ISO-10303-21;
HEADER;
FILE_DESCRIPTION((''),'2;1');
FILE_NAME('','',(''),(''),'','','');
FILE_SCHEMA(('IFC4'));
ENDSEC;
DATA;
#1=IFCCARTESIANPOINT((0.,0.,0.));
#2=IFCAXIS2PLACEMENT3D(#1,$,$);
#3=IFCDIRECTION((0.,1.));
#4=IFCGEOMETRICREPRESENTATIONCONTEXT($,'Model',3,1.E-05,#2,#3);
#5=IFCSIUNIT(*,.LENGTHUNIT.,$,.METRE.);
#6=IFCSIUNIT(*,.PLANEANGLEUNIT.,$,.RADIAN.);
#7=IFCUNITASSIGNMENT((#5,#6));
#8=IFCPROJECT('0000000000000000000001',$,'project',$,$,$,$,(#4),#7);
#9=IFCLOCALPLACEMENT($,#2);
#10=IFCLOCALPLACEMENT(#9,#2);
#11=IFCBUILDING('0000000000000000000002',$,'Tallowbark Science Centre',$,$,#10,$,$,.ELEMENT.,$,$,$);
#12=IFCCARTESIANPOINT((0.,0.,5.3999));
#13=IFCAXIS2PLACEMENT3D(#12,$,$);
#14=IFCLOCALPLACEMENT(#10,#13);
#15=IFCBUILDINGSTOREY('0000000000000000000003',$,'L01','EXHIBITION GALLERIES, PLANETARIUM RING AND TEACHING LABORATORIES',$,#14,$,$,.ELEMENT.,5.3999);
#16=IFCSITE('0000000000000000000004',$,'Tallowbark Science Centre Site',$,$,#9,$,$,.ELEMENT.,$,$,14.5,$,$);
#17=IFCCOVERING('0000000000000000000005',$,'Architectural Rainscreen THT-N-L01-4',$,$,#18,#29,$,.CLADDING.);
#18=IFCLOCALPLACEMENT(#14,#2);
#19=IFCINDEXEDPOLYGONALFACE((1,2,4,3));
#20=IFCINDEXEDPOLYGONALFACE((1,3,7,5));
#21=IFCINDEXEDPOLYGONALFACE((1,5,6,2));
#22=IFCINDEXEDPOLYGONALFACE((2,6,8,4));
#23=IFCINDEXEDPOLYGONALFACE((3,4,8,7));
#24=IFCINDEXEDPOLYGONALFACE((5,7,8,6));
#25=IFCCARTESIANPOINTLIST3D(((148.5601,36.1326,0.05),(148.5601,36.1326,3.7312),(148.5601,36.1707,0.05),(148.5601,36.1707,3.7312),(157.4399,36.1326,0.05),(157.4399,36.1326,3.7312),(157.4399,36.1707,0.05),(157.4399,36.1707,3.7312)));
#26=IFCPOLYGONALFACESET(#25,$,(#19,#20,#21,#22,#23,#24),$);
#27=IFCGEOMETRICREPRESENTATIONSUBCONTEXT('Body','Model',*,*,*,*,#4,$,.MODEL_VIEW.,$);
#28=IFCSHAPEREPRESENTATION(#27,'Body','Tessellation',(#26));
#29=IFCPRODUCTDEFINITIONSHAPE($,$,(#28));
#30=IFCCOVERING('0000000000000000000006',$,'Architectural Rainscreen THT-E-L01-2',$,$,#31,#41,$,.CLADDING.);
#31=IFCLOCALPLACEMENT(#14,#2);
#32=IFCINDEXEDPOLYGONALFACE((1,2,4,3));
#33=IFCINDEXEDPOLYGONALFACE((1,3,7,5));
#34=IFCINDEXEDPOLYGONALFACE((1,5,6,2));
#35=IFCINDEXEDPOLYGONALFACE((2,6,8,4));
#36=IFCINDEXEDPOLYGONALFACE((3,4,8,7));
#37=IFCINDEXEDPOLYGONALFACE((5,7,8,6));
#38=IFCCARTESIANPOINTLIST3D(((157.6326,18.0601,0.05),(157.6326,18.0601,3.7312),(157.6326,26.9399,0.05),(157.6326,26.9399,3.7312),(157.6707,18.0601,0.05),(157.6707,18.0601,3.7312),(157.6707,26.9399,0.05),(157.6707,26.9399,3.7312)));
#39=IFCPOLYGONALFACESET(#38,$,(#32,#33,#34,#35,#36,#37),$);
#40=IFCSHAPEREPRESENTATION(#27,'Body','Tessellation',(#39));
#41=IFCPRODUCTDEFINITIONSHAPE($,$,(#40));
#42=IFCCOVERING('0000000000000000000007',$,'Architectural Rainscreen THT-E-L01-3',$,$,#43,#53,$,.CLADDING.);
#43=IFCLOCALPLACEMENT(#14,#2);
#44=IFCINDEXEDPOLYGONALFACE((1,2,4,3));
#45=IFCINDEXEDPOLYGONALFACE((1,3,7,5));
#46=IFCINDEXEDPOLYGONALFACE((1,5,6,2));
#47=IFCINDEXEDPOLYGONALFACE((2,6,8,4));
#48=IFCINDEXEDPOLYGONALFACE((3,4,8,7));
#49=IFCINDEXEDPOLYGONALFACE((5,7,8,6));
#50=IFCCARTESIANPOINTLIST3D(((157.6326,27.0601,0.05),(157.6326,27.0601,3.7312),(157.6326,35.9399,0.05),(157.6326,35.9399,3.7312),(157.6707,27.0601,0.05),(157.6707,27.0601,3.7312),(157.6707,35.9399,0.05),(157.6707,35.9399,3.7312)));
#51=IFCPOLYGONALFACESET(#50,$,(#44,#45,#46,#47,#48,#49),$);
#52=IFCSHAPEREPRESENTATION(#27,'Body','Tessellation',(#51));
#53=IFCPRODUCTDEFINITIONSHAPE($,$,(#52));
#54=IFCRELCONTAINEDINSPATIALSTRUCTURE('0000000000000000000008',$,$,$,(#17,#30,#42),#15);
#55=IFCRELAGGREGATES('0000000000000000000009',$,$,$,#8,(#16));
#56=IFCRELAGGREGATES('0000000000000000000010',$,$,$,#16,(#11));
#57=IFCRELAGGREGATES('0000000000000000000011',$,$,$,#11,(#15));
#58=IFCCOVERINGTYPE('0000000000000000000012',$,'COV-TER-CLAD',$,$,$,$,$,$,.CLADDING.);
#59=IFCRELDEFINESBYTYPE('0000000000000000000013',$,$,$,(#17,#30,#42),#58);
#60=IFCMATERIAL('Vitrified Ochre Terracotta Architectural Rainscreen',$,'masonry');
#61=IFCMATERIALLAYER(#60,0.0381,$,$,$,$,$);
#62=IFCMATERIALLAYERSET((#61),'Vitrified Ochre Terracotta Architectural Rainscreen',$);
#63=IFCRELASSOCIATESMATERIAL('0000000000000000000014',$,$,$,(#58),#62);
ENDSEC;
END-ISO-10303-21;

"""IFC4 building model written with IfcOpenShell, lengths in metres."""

from ifc_helpers import new_model, si_unit, direction, frame, origin, origin_2d, place, context, subcontext, project, spatial, rectangle, extrude, material, layer, layer_set, type_object, element, save


model = new_model("IFC4")

# Units and contexts
model_context = context("Model", 3, precision=1e-05, world=origin(), true_north=direction((0.0, 1.0)))
body_context = subcontext(model_context, "Body", "Model", "MODEL_VIEW")
ifc_project = project(units=[si_unit("LENGTHUNIT", "METRE"), si_unit("PLANEANGLEUNIT", "RADIAN")], contexts=[model_context])

# Site, building, storey
site_placement = place(None, origin())
site = spatial("IfcSite", under=ifc_project, at=site_placement, Name="Tallowbark Science Centre Site", CompositionType="ELEMENT", RefElevation=14.5)
building_placement = place(site_placement, origin())
building = spatial("IfcBuilding", under=site, at=building_placement, Name="Tallowbark Science Centre", CompositionType="ELEMENT")
storey_placement = place(building_placement, frame((0.0, 0.0, 5.3999)))
storey = spatial("IfcBuildingStorey", under=building, at=storey_placement, Name="L01", Description="EXHIBITION GALLERIES, PLANETARIUM RING AND TEACHING LABORATORIES", CompositionType="ELEMENT", Elevation=5.3999)

# Coverings
ifc_material_1 = material(Name="Vitrified Ochre Terracotta Architectural Rainscreen", Category="masonry")
ifc_layer_1 = layer(ifc_material_1, 0.0381)
ifc_layer_set_1 = layer_set([ifc_layer_1], Name="Vitrified Ochre Terracotta Architectural Rainscreen")
covering_type = type_object("IfcCoveringType", Name="COV-TER-CLAD", PredefinedType="CLADDING", material=ifc_layer_set_1)
for number, where, z_axis, x_axis, name in (
    (1, (153.0, 36.1516, 0.05), (0.0, 0.0, 1.0), (-1.0, 0.0, 0.0), "Architectural Rainscreen THT-N-L01-4"),
    (2, (157.6516, 22.5, 0.05), (0.0, 0.0, 1.0), (0.0, 1.0, 0.0), "Architectural Rainscreen THT-E-L01-2"),
    (3, (157.6516, 31.5, 0.05), (0.0, 0.0, 1.0), (0.0, 1.0, 0.0), "Architectural Rainscreen THT-E-L01-3"),
):
    element("IfcCovering", number, at=place(storey_placement, frame(where, z_axis=z_axis, x_axis=x_axis)), inside=storey, type_object=covering_type, Name=name, PredefinedType="CLADDING", context=body_context, shape_type="SweptSolid", body=[
        extrude(rectangle(XDim=8.8799, YDim=0.0381, at=origin_2d()), origin(), (0.0, 0.0, 1.0), 3.6812),
    ])

save(model, "model.ifc")
